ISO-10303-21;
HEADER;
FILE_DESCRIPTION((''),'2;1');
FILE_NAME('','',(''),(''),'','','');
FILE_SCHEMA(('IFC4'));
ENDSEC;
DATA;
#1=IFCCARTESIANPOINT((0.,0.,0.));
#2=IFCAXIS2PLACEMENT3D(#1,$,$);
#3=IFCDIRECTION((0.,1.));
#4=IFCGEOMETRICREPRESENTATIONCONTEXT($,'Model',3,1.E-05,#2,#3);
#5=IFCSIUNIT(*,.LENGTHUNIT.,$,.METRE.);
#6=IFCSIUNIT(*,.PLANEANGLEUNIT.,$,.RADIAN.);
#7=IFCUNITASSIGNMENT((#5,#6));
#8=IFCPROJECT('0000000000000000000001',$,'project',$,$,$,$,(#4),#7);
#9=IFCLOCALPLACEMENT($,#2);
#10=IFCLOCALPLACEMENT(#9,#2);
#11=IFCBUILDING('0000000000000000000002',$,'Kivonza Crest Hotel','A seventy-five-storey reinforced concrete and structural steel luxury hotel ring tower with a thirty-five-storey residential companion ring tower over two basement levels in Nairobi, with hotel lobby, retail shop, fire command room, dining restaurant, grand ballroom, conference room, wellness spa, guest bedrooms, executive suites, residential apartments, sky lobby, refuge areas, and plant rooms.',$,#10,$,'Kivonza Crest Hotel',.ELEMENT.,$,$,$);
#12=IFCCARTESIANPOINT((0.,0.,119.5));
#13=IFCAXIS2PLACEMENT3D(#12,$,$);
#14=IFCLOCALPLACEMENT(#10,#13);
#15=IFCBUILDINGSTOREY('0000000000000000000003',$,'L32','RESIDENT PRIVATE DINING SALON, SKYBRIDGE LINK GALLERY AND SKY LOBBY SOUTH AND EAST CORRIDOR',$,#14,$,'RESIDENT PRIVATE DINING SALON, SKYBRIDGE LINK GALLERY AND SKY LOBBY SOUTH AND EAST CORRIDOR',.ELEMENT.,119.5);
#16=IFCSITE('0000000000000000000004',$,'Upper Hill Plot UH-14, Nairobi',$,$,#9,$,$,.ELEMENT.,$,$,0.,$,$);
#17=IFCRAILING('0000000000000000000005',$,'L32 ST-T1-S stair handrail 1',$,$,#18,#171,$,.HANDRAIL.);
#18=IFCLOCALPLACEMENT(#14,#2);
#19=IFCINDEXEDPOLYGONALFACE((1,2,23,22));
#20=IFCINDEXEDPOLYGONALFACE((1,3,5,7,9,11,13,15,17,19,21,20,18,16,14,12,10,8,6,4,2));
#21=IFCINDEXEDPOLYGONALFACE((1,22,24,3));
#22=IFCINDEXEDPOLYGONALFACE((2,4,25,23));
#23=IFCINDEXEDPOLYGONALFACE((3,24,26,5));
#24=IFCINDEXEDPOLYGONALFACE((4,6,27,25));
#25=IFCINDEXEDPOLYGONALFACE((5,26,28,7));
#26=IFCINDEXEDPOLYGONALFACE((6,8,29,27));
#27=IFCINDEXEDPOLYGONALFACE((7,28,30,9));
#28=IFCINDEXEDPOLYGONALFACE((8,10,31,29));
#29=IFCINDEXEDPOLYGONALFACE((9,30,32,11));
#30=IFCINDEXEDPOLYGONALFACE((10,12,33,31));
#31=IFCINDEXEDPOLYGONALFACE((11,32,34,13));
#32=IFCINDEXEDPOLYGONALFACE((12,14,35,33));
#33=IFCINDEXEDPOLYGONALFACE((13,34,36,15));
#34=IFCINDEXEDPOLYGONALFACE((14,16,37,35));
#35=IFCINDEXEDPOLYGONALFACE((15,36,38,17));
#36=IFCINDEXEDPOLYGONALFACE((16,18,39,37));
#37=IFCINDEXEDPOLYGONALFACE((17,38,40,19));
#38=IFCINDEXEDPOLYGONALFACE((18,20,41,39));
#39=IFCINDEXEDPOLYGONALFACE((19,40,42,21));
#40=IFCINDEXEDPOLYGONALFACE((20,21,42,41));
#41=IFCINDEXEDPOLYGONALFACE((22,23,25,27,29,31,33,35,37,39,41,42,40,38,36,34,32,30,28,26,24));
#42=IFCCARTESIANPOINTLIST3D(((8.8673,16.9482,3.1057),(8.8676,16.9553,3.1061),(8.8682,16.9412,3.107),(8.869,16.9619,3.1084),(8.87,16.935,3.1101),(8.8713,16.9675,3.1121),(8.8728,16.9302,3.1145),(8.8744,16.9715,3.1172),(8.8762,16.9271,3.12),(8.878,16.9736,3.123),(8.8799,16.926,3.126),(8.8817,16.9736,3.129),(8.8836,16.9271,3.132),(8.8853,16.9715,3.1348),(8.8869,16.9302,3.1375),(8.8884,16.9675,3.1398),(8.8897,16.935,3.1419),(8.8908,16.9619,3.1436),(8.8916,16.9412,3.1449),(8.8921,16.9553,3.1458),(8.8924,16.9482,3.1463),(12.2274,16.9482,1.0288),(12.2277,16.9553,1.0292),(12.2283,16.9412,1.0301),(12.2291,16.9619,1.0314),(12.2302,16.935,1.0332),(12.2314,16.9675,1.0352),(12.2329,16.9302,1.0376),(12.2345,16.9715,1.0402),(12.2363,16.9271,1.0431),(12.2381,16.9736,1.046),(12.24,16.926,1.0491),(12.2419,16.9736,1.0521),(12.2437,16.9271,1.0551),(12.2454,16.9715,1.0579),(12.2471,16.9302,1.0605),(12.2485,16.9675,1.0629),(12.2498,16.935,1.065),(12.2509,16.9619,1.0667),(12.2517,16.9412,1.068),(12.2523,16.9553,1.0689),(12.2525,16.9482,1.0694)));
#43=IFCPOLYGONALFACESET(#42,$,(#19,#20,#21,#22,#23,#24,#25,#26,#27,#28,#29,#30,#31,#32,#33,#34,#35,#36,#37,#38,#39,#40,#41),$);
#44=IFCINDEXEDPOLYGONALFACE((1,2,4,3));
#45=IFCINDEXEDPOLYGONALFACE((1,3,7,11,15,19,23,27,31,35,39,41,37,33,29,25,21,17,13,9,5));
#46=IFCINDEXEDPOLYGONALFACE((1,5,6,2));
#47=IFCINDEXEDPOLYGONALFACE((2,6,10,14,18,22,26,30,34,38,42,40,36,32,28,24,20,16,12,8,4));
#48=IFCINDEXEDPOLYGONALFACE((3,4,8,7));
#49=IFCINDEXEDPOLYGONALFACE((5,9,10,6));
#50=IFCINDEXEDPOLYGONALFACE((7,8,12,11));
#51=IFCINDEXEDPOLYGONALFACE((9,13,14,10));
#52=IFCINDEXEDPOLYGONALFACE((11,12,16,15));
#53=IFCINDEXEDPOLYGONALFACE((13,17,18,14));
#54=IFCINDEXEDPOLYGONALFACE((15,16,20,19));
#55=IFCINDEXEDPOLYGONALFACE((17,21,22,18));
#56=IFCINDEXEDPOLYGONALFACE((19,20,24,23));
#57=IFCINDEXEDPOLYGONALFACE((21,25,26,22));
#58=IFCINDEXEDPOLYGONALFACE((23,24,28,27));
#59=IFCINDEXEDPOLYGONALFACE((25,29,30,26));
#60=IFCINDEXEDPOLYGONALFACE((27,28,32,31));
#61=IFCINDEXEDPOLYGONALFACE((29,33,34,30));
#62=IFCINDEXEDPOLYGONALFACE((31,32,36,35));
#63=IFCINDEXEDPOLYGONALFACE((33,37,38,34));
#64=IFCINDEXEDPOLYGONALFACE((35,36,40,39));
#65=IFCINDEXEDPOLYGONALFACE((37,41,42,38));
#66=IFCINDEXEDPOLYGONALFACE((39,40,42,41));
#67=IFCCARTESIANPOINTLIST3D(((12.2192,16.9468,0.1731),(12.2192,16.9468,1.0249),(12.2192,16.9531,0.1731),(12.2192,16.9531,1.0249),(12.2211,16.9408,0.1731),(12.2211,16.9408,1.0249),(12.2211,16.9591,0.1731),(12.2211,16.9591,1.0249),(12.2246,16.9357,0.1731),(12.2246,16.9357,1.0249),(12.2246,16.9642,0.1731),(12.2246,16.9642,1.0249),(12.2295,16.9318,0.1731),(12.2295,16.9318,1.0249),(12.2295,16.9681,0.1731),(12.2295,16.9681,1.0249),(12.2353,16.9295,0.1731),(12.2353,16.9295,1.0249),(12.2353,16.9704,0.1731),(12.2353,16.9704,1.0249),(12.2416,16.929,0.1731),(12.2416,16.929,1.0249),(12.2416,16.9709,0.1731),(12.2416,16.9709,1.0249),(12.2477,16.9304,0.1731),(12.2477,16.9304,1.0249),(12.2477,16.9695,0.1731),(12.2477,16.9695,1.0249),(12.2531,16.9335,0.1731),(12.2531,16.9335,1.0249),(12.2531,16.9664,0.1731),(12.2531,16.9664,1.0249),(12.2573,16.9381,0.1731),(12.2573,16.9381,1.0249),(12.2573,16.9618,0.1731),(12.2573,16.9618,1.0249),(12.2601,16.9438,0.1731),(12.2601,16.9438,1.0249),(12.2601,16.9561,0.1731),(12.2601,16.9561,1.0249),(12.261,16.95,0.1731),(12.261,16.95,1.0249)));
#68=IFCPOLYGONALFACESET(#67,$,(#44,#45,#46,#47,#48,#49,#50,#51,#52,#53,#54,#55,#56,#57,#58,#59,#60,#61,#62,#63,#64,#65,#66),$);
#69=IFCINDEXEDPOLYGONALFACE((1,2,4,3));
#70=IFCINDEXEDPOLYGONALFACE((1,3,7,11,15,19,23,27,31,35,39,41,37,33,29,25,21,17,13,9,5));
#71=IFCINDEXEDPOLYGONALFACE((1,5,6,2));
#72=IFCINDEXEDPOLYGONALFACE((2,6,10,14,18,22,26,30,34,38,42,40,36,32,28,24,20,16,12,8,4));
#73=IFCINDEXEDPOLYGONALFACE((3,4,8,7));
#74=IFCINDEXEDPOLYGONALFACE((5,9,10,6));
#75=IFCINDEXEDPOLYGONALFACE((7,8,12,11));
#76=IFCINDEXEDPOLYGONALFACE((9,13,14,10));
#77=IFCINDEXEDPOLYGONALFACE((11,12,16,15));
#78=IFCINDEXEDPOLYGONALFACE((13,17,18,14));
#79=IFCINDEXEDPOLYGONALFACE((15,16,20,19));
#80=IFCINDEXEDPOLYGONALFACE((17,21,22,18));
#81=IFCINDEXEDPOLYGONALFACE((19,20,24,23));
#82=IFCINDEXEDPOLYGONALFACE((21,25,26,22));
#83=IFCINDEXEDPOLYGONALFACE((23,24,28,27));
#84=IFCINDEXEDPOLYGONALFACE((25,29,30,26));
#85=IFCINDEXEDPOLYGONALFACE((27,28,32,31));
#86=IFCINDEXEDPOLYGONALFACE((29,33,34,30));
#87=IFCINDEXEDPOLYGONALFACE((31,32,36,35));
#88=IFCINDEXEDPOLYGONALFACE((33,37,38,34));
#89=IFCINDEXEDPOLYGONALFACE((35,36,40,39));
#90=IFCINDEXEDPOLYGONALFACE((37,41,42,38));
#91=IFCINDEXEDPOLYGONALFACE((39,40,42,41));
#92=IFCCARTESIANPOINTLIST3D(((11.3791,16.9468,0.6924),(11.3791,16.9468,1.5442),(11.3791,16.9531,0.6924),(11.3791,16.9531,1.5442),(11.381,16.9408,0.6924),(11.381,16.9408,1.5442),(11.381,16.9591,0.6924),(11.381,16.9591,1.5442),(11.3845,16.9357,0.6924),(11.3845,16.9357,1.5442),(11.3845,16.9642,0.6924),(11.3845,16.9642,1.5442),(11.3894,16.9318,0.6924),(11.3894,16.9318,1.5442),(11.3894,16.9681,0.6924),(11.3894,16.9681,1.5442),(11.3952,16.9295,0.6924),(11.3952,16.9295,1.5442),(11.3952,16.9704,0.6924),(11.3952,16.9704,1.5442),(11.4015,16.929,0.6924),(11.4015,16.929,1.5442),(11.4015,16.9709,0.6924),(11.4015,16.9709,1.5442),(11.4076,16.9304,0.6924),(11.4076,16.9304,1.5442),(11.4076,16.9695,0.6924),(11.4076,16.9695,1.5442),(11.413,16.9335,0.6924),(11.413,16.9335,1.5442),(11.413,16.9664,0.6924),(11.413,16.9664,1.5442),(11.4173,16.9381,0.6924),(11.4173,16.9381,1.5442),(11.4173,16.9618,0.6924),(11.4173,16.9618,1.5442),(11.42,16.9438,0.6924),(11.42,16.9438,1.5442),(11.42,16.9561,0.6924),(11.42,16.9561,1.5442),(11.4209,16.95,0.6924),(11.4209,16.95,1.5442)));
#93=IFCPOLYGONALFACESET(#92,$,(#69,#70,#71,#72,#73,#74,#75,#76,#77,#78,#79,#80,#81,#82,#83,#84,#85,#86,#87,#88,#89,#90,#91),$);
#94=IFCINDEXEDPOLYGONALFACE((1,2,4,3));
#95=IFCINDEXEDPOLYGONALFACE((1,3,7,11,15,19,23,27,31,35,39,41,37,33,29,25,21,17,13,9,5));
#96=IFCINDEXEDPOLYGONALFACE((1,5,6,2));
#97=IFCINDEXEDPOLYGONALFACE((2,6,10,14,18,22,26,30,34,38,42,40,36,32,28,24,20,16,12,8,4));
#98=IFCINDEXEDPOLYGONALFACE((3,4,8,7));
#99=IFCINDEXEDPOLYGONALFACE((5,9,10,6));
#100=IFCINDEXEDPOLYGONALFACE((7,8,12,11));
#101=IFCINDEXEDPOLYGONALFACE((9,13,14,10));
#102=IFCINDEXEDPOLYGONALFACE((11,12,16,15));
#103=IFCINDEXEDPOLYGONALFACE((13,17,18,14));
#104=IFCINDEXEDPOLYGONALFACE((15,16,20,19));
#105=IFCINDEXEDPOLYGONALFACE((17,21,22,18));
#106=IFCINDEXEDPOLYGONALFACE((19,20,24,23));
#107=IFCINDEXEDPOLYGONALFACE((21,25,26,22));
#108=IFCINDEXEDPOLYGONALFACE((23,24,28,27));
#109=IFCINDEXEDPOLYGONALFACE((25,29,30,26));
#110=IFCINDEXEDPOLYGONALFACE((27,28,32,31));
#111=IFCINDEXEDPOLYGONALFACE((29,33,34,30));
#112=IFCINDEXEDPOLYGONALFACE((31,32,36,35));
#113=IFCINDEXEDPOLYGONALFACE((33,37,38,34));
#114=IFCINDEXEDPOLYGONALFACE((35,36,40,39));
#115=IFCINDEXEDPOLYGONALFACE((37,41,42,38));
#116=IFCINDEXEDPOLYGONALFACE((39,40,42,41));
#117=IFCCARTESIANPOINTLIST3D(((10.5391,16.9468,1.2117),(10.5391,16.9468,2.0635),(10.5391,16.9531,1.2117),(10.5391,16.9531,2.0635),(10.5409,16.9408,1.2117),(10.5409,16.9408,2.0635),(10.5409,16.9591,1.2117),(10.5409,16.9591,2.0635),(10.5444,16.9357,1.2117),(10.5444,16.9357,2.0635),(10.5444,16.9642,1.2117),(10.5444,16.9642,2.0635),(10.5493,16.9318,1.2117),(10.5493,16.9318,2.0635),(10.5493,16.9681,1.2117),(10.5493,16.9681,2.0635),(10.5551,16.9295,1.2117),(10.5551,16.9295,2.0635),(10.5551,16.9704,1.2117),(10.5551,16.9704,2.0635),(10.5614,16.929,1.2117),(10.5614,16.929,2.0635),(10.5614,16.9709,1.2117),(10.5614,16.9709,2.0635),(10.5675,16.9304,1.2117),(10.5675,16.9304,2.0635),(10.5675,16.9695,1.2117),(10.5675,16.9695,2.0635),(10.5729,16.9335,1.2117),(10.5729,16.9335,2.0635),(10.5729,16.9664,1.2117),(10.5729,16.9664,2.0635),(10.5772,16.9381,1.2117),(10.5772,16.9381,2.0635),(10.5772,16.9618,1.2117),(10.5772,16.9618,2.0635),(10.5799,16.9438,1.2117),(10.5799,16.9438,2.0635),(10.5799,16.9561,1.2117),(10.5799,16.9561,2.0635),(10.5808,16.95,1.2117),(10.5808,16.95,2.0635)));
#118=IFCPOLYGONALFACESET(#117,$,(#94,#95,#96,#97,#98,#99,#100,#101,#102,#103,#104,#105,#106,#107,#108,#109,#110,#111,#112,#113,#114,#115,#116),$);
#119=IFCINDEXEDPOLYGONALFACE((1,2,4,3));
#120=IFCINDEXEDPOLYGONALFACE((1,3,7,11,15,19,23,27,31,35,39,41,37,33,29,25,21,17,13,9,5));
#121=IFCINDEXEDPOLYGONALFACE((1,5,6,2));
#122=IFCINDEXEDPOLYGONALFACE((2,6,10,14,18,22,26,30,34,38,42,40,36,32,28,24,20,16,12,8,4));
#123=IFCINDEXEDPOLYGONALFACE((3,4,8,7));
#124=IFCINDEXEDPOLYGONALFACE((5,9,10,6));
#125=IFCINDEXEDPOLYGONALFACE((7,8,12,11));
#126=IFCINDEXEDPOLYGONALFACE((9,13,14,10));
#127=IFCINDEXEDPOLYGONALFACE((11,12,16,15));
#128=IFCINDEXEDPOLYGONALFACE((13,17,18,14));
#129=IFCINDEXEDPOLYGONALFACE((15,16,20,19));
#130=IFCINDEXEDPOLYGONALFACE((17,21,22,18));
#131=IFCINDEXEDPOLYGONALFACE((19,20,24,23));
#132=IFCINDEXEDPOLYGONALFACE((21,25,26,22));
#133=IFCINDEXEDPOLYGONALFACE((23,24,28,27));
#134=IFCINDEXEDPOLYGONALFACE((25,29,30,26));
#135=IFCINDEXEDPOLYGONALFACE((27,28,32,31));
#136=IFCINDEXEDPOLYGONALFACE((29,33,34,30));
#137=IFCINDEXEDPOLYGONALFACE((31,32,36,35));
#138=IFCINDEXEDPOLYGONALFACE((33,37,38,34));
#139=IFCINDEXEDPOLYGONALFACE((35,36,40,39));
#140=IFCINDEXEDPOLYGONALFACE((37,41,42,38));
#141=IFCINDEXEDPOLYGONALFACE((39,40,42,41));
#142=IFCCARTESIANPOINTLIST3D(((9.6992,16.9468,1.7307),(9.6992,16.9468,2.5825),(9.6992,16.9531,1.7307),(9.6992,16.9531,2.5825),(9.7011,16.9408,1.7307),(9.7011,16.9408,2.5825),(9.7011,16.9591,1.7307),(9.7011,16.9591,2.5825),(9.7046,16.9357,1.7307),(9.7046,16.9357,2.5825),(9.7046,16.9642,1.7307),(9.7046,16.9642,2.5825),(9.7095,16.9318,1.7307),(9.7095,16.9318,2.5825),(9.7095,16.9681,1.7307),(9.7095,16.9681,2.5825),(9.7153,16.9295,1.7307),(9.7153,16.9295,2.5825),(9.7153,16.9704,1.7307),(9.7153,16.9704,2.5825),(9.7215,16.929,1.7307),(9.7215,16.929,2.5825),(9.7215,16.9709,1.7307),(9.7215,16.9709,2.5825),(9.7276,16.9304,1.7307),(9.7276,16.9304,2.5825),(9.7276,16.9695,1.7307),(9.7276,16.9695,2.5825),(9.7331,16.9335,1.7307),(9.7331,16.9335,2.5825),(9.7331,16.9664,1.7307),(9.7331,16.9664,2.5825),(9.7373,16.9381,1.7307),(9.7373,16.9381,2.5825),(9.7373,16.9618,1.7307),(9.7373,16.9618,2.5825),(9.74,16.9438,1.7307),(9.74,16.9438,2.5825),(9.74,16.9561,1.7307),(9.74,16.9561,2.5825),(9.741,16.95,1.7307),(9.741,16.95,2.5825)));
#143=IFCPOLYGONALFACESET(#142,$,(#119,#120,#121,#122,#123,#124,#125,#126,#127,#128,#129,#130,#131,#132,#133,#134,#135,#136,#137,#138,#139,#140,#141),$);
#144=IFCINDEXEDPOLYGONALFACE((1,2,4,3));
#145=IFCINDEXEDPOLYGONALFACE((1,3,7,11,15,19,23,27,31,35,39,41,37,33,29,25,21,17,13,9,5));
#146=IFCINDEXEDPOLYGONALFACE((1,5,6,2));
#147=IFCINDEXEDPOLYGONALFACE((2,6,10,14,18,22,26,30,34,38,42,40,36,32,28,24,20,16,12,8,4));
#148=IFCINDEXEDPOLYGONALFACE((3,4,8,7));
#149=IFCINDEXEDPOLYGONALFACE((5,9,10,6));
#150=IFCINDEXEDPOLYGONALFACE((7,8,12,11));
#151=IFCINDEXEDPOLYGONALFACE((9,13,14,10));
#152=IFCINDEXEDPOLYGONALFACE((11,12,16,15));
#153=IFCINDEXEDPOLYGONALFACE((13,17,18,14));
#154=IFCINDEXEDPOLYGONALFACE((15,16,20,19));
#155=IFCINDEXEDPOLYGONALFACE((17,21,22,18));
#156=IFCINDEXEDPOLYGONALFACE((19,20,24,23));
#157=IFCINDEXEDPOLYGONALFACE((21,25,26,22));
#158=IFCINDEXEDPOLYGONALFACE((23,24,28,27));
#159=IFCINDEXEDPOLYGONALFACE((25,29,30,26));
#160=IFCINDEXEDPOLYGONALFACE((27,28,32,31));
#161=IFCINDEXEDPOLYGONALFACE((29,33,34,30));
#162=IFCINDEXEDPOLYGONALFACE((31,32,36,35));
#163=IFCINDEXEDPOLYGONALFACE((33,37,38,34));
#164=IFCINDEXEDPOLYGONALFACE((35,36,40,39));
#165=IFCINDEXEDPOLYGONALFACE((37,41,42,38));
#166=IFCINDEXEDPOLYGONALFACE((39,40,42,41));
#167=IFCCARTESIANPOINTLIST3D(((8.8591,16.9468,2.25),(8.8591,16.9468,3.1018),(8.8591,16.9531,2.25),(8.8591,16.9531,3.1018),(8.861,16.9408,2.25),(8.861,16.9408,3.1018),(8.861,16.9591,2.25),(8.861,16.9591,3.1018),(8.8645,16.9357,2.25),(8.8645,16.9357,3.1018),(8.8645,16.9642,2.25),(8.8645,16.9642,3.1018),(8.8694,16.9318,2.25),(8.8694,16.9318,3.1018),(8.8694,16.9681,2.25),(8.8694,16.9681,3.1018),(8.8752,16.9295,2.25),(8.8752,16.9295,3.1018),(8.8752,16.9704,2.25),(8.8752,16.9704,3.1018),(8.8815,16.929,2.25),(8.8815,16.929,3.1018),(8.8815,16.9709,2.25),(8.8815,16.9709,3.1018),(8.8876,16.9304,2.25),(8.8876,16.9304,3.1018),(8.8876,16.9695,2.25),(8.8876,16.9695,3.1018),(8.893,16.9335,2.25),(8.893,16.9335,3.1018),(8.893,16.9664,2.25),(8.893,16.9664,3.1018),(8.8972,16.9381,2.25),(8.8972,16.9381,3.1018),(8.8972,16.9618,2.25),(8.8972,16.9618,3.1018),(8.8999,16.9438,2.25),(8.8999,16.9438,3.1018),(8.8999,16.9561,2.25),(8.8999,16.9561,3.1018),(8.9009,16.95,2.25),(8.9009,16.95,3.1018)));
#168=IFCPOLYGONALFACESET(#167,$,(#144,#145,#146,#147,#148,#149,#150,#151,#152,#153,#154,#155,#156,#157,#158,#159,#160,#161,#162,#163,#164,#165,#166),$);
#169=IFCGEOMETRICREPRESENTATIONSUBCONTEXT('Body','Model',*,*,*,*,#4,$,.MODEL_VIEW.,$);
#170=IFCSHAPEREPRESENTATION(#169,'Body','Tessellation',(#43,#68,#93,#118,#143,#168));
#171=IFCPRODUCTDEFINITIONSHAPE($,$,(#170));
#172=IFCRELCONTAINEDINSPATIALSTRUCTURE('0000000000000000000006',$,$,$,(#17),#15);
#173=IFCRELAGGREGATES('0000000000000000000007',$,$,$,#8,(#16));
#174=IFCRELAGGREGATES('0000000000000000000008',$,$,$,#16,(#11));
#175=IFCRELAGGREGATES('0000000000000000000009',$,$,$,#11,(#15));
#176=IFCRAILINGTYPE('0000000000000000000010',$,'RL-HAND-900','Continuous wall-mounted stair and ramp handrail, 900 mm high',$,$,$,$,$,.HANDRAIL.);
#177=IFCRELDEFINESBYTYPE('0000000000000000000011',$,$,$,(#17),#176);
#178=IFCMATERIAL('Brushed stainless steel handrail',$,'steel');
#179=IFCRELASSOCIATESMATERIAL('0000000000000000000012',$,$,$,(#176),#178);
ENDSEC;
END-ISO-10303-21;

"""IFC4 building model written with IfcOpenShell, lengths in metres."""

from ifc_helpers import new_model, si_unit, direction, frame, origin, origin_2d, place, context, subcontext, project, spatial, circle, extrude, material, type_object, element, save


model = new_model("IFC4")

# Units and contexts
model_context = context("Model", 3, precision=1e-05, world=origin(), true_north=direction((0.0, 1.0)))
body_context = subcontext(model_context, "Body", "Model", "MODEL_VIEW")
ifc_project = project(units=[si_unit("LENGTHUNIT", "METRE"), si_unit("PLANEANGLEUNIT", "RADIAN")], contexts=[model_context])

# Site, building, storey
site_placement = place(None, origin())
site = spatial("IfcSite", under=ifc_project, at=site_placement, Name="Upper Hill Plot UH-14, Nairobi", CompositionType="ELEMENT", RefElevation=0.0)
building_placement = place(site_placement, origin())
building = spatial("IfcBuilding", under=site, at=building_placement, Name="Kivonza Crest Hotel", Description="A seventy-five-storey reinforced concrete and structural steel luxury hotel ring tower with a thirty-five-storey residential companion ring tower over two basement levels in Nairobi, with hotel lobby, retail shop, fire command room, dining restaurant, grand ballroom, conference room, wellness spa, guest bedrooms, executive suites, residential apartments, sky lobby, refuge areas, and plant rooms.", LongName="Kivonza Crest Hotel", CompositionType="ELEMENT")
storey_placement = place(building_placement, frame((0.0, 0.0, 119.5)))
storey = spatial("IfcBuildingStorey", under=building, at=storey_placement, Name="L32", Description="RESIDENT PRIVATE DINING SALON, SKYBRIDGE LINK GALLERY AND SKY LOBBY SOUTH AND EAST CORRIDOR", LongName="RESIDENT PRIVATE DINING SALON, SKYBRIDGE LINK GALLERY AND SKY LOBBY SOUTH AND EAST CORRIDOR", CompositionType="ELEMENT", Elevation=119.5)

# Railing
ifc_material_1 = material(Name="Brushed stainless steel handrail", Category="steel")
railing_type_1 = type_object("IfcRailingType", Name="RL-HAND-900", Description="Continuous wall-mounted stair and ramp handrail, 900 mm high", PredefinedType="HANDRAIL", material=ifc_material_1)
railing_1_placement = place(storey_placement, frame((12.24, 16.95, 0.1731)))
element("IfcRailing", 1, at=railing_1_placement, inside=storey, type_object=railing_type_1, Name="L32 ST-T1-S stair handrail 1", PredefinedType="HANDRAIL", context=body_context, shape_type="SweptSolid", body=[
    extrude(circle(Radius=0.0239, at=origin_2d()), frame((0.0, 0.0, 0.876), z_axis=(-0.850623, 0.0, 0.525776), x_axis=(0.0, -1.0, 0.0)), (0.0, 0.0, 1.0), 3.9502),
    extrude(circle(Radius=0.021, at=origin_2d()), origin(), (0.0, 0.0, 1.0), 0.8518),
    extrude(circle(Radius=0.021, at=origin_2d()), frame((-0.8401, 0.0, 0.5193)), (0.0, 0.0, 1.0), 0.8518),
    extrude(circle(Radius=0.021, at=origin_2d()), frame((-1.6802, 0.0, 1.0386)), (0.0, 0.0, 1.0), 0.8518),
    extrude(circle(Radius=0.021, at=origin_2d()), frame((-2.52, 0.0, 1.5576)), (0.0, 0.0, 1.0), 0.8518),
    extrude(circle(Radius=0.021, at=origin_2d()), frame((-3.3601, 0.0, 2.0769)), (0.0, 0.0, 1.0), 0.8518),
])

save(model, "model.ifc")
